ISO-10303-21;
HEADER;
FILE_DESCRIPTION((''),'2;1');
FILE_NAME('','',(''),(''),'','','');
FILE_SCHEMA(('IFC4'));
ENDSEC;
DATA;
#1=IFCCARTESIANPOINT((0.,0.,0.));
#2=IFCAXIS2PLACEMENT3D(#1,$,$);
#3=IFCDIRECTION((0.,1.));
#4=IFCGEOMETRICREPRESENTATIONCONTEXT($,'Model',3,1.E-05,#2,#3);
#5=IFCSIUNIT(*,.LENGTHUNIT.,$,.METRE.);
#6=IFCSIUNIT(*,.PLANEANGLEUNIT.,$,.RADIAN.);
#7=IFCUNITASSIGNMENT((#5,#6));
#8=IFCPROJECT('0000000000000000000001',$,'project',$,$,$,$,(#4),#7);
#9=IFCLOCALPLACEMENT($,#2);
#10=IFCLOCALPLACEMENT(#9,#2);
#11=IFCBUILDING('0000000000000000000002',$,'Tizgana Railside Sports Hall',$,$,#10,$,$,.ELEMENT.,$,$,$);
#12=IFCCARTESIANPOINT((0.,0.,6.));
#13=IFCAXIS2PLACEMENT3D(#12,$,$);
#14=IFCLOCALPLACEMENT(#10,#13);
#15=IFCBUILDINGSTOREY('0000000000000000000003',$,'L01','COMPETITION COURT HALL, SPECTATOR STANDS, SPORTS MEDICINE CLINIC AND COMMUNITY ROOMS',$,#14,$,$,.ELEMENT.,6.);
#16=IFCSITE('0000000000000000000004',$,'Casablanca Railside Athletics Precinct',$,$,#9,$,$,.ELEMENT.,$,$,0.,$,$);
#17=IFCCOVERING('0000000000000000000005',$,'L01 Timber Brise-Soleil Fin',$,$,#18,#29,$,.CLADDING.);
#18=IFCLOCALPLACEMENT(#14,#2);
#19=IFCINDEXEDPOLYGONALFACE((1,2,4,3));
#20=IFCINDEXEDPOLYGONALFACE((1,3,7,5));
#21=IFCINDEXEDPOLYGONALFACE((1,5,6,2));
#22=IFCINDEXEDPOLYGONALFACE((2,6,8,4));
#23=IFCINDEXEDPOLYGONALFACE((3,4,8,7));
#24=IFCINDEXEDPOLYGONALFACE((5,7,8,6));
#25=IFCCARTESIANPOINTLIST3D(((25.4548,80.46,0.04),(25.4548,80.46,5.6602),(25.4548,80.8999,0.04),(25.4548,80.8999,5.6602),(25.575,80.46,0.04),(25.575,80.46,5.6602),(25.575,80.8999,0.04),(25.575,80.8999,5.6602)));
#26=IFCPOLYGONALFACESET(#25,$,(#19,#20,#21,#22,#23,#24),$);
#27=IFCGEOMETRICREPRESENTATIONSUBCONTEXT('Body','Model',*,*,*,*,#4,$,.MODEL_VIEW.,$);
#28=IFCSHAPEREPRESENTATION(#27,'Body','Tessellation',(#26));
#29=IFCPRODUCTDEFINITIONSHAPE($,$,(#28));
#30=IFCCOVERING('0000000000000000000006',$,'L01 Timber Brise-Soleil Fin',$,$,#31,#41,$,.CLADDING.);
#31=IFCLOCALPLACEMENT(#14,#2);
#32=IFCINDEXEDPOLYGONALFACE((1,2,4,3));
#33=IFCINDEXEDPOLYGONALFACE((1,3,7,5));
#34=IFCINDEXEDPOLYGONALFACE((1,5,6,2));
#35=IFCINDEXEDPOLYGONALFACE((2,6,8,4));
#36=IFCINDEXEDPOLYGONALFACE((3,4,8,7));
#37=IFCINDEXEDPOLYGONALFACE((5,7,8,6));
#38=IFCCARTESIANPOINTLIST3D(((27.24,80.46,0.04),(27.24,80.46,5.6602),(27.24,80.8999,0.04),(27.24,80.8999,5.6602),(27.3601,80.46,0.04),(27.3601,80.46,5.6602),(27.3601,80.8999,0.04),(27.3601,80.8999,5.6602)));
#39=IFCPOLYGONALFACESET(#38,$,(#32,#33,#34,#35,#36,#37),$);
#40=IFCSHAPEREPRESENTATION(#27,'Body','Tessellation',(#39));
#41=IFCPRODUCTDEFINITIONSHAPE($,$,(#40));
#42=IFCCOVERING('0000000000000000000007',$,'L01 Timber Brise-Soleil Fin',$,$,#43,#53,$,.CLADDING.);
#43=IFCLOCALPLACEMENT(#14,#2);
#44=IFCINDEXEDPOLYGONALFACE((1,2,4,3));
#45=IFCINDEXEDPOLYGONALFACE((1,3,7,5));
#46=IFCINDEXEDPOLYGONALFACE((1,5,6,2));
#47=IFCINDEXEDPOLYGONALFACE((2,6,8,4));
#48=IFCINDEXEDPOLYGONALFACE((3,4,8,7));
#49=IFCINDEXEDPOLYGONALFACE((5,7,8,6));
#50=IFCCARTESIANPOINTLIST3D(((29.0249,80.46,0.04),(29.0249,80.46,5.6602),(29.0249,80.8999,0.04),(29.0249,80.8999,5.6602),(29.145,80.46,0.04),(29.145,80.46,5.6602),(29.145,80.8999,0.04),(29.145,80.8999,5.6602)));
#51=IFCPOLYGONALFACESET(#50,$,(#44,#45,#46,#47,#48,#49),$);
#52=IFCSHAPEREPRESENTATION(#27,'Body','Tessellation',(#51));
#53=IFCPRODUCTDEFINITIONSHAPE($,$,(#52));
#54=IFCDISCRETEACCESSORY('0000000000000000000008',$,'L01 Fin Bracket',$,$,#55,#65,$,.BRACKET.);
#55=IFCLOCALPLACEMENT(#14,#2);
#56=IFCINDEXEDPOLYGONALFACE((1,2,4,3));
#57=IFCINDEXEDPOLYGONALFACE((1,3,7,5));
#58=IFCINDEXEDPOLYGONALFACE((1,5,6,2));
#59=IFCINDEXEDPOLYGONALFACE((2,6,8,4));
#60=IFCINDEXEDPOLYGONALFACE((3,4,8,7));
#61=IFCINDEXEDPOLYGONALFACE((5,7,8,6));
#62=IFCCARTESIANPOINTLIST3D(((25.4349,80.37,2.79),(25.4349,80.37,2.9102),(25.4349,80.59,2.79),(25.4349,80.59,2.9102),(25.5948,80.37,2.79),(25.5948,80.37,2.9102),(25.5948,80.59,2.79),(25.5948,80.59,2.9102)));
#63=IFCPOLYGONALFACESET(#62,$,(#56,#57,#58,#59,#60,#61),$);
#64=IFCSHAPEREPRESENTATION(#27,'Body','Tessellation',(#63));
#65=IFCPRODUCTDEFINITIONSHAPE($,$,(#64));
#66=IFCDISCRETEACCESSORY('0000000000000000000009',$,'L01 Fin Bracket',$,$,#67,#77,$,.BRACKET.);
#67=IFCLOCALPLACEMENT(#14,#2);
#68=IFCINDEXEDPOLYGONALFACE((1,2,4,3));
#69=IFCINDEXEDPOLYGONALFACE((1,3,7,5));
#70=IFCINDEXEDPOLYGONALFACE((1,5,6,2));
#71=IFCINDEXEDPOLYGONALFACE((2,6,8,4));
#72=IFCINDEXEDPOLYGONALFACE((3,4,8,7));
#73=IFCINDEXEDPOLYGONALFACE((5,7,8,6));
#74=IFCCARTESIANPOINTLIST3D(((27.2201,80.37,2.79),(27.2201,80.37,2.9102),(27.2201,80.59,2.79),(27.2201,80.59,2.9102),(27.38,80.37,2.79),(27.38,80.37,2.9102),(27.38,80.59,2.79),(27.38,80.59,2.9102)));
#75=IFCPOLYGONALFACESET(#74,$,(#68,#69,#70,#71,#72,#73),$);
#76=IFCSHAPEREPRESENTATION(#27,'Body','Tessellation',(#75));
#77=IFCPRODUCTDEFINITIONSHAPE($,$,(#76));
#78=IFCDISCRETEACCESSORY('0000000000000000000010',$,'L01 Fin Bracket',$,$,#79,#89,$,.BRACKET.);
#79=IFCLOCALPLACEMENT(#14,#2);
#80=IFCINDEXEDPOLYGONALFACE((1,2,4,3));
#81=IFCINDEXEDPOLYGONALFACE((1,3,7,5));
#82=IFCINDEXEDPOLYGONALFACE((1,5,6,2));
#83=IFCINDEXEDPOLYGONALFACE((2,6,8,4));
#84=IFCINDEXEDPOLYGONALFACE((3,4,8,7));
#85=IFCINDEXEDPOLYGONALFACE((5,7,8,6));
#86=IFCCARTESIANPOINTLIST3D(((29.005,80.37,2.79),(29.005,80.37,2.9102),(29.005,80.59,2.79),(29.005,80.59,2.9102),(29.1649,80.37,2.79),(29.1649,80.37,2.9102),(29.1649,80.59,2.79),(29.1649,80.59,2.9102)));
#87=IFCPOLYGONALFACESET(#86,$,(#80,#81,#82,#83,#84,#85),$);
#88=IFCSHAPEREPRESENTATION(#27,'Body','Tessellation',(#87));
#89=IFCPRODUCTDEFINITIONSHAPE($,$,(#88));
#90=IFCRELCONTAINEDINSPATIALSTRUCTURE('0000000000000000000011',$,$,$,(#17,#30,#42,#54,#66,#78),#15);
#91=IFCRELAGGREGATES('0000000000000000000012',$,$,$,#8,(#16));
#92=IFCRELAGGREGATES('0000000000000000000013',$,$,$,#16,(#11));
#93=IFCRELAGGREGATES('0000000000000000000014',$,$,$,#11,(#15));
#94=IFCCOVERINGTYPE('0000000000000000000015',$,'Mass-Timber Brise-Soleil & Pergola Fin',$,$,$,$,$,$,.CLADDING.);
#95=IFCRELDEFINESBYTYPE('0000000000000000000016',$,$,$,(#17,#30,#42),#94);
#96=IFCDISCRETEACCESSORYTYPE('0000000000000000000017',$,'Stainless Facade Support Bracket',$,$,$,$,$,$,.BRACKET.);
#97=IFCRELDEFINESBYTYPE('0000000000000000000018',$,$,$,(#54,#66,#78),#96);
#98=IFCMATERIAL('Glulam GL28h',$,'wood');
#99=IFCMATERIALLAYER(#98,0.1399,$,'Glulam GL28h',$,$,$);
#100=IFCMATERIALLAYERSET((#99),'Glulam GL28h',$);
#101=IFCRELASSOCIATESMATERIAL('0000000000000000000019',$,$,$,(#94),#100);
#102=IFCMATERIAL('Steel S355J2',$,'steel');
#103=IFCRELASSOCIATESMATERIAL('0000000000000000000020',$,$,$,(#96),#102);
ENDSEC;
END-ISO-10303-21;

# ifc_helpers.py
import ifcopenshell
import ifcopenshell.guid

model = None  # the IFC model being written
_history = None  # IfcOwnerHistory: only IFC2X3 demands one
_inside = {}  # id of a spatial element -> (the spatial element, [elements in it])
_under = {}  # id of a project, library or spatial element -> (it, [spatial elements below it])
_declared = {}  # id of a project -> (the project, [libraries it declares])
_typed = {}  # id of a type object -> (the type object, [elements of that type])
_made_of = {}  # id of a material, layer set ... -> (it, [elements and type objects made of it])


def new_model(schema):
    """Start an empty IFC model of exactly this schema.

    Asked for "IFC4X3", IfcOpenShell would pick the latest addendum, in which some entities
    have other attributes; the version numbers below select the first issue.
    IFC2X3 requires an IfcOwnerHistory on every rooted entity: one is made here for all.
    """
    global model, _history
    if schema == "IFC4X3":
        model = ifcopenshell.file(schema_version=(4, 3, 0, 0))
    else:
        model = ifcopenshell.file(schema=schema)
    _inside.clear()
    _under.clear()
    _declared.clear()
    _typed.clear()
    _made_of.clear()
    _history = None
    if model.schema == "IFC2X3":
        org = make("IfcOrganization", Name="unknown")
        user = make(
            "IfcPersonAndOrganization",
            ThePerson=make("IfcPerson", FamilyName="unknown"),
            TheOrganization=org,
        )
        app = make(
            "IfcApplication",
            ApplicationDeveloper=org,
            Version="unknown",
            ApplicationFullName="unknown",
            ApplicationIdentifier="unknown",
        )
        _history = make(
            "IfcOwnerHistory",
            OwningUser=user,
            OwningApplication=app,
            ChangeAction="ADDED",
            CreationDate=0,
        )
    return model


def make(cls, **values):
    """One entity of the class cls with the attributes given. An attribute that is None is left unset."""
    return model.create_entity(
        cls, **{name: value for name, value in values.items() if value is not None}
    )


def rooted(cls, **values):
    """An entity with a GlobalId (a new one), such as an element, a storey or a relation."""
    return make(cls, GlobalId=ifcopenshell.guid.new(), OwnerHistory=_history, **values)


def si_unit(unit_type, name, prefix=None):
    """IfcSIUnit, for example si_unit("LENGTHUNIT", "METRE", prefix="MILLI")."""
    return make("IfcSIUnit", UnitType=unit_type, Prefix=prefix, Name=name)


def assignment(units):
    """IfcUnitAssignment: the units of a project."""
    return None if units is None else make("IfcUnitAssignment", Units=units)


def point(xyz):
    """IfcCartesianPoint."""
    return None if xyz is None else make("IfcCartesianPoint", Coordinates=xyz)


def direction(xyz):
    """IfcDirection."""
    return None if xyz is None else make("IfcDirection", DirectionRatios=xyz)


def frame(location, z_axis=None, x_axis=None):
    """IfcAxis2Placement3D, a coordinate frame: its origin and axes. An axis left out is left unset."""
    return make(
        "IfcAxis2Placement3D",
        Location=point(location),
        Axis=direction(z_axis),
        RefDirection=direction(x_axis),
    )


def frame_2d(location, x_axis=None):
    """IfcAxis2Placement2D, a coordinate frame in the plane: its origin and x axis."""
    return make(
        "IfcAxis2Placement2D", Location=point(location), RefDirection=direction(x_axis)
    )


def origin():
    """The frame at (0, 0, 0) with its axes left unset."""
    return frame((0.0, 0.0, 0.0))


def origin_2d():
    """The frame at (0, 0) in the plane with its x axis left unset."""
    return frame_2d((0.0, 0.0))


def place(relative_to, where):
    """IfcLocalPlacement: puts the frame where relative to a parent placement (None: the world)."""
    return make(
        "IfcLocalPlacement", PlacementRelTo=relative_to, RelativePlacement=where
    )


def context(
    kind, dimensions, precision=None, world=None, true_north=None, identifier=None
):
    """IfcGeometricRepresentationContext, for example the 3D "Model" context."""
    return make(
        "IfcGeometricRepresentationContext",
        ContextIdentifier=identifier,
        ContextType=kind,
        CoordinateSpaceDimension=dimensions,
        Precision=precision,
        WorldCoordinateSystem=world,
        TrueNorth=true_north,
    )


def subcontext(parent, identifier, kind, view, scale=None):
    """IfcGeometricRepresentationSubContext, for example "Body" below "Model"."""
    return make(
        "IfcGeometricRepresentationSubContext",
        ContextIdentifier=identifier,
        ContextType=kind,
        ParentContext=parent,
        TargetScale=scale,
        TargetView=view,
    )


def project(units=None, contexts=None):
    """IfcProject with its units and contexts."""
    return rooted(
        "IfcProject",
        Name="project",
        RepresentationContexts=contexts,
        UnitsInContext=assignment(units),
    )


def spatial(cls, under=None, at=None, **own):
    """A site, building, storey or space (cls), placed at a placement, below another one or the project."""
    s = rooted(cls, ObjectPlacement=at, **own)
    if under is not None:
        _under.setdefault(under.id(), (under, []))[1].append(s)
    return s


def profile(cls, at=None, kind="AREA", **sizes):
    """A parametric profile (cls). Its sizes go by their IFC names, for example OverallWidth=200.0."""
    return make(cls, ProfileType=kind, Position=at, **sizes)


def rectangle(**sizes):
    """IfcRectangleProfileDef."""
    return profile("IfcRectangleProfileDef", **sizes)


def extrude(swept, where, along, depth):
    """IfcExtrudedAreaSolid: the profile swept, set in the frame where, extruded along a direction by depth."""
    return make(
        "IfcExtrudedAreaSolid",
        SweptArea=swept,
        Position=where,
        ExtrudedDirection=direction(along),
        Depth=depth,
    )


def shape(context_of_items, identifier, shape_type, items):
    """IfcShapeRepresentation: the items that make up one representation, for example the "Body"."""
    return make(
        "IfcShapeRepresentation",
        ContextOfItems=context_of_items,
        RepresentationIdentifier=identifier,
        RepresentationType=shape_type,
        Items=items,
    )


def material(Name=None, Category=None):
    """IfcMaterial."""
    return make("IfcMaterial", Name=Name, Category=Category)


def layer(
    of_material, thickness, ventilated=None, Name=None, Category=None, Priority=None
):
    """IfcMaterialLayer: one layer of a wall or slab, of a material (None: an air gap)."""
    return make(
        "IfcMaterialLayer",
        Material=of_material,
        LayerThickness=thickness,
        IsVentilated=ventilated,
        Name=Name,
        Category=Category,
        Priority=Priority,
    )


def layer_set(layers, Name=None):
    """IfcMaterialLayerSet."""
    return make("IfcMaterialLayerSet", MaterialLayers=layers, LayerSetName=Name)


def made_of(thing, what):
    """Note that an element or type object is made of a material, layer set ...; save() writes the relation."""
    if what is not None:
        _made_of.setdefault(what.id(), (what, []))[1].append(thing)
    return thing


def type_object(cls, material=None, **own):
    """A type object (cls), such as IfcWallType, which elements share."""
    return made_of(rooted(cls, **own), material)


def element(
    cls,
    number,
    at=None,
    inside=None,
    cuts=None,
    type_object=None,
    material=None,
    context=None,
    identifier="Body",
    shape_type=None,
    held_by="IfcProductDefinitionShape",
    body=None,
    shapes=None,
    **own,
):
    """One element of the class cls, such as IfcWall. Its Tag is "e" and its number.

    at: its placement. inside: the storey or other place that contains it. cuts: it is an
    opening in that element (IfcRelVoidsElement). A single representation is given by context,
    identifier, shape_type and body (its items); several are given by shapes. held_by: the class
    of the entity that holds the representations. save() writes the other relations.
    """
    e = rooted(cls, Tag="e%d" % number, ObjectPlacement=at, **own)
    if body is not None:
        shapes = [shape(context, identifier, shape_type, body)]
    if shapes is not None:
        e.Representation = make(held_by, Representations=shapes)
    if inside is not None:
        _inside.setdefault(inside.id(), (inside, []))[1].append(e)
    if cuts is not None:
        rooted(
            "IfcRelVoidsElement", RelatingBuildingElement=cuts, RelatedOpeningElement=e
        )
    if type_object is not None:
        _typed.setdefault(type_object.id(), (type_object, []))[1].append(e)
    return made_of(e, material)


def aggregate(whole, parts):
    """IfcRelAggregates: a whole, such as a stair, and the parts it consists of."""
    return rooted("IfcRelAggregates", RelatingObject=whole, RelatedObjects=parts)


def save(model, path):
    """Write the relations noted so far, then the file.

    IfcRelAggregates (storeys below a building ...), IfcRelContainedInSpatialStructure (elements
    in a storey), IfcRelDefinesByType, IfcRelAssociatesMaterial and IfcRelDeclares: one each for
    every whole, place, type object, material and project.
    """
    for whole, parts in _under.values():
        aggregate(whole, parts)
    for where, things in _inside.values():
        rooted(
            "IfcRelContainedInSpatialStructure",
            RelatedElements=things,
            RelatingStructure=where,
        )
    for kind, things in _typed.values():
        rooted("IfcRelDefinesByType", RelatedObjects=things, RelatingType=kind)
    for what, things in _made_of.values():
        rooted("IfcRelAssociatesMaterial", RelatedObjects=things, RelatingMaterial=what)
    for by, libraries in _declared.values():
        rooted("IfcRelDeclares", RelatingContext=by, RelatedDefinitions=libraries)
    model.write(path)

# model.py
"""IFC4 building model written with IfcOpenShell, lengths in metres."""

from ifc_helpers import new_model, si_unit, direction, frame, origin, origin_2d, place, context, subcontext, project, spatial, rectangle, extrude, material, layer, layer_set, type_object, element, save


model = new_model("IFC4")

# Units and contexts
model_context = context("Model", 3, precision=1e-05, world=origin(), true_north=direction((0.0, 1.0)))
body_context = subcontext(model_context, "Body", "Model", "MODEL_VIEW")
ifc_project = project(units=[si_unit("LENGTHUNIT", "METRE"), si_unit("PLANEANGLEUNIT", "RADIAN")], contexts=[model_context])

# Site, building, storey
site_placement = place(None, origin())
site = spatial("IfcSite", under=ifc_project, at=site_placement, Name="Casablanca Railside Athletics Precinct", CompositionType="ELEMENT", RefElevation=0.0)
building_placement = place(site_placement, origin())
building = spatial("IfcBuilding", under=site, at=building_placement, Name="Tizgana Railside Sports Hall", CompositionType="ELEMENT")
storey_placement = place(building_placement, frame((0.0, 0.0, 6.0)))
storey = spatial("IfcBuildingStorey", under=building, at=storey_placement, Name="L01", Description="COMPETITION COURT HALL, SPECTATOR STANDS, SPORTS MEDICINE CLINIC AND COMMUNITY ROOMS", CompositionType="ELEMENT", Elevation=6.0)

# Coverings
ifc_material_1 = material(Name="Glulam GL28h", Category="wood")
ifc_layer_1 = layer(ifc_material_1, 0.1399, Name="Glulam GL28h")
ifc_layer_set_1 = layer_set([ifc_layer_1], Name="Glulam GL28h")
covering_type = type_object("IfcCoveringType", Name="Mass-Timber Brise-Soleil & Pergola Fin", PredefinedType="CLADDING", material=ifc_layer_set_1)
for number, where, z_axis, x_axis, name in (
    (1, (25.5149, 80.6799, 0.04), (0.0, 0.0, 1.0), (1.0, 0.0, 0.0), "L01 Timber Brise-Soleil Fin"),
    (2, (27.3, 80.6799, 0.04), (0.0, 0.0, 1.0), (1.0, 0.0, 0.0), "L01 Timber Brise-Soleil Fin"),
    (3, (29.085, 80.6799, 0.04), (0.0, 0.0, 1.0), (1.0, 0.0, 0.0), "L01 Timber Brise-Soleil Fin"),
):
    element("IfcCovering", number, at=place(storey_placement, frame(where, z_axis=z_axis, x_axis=x_axis)), inside=storey, type_object=covering_type, Name=name, PredefinedType="CLADDING", context=body_context, shape_type="SweptSolid", body=[
        extrude(rectangle(XDim=0.1201, YDim=0.4399, at=origin_2d()), origin(), (0.0, 0.0, 1.0), 5.6201),
    ])

# Discrete accessories
ifc_material_2 = material(Name="Steel S355J2", Category="steel")
discrete_accessory_type = type_object("IfcDiscreteAccessoryType", Name="Stainless Facade Support Bracket", PredefinedType="BRACKET", material=ifc_material_2)
for number, where, z_axis, x_axis, name in (
    (4, (25.5149, 80.48, 2.79), (0.0, 0.0, 1.0), (1.0, 0.0, 0.0), "L01 Fin Bracket"),
    (5, (27.3, 80.48, 2.79), (0.0, 0.0, 1.0), (1.0, 0.0, 0.0), "L01 Fin Bracket"),
    (6, (29.085, 80.48, 2.79), (0.0, 0.0, 1.0), (1.0, 0.0, 0.0), "L01 Fin Bracket"),
):
    element("IfcDiscreteAccessory", number, at=place(storey_placement, frame(where, z_axis=z_axis, x_axis=x_axis)), inside=storey, type_object=discrete_accessory_type, Name=name, PredefinedType="BRACKET", context=body_context, shape_type="SweptSolid", body=[
        extrude(rectangle(XDim=0.1599, YDim=0.22, at=origin_2d()), origin(), (0.0, 0.0, 1.0), 0.1201),
    ])

save(model, "model.ifc")
